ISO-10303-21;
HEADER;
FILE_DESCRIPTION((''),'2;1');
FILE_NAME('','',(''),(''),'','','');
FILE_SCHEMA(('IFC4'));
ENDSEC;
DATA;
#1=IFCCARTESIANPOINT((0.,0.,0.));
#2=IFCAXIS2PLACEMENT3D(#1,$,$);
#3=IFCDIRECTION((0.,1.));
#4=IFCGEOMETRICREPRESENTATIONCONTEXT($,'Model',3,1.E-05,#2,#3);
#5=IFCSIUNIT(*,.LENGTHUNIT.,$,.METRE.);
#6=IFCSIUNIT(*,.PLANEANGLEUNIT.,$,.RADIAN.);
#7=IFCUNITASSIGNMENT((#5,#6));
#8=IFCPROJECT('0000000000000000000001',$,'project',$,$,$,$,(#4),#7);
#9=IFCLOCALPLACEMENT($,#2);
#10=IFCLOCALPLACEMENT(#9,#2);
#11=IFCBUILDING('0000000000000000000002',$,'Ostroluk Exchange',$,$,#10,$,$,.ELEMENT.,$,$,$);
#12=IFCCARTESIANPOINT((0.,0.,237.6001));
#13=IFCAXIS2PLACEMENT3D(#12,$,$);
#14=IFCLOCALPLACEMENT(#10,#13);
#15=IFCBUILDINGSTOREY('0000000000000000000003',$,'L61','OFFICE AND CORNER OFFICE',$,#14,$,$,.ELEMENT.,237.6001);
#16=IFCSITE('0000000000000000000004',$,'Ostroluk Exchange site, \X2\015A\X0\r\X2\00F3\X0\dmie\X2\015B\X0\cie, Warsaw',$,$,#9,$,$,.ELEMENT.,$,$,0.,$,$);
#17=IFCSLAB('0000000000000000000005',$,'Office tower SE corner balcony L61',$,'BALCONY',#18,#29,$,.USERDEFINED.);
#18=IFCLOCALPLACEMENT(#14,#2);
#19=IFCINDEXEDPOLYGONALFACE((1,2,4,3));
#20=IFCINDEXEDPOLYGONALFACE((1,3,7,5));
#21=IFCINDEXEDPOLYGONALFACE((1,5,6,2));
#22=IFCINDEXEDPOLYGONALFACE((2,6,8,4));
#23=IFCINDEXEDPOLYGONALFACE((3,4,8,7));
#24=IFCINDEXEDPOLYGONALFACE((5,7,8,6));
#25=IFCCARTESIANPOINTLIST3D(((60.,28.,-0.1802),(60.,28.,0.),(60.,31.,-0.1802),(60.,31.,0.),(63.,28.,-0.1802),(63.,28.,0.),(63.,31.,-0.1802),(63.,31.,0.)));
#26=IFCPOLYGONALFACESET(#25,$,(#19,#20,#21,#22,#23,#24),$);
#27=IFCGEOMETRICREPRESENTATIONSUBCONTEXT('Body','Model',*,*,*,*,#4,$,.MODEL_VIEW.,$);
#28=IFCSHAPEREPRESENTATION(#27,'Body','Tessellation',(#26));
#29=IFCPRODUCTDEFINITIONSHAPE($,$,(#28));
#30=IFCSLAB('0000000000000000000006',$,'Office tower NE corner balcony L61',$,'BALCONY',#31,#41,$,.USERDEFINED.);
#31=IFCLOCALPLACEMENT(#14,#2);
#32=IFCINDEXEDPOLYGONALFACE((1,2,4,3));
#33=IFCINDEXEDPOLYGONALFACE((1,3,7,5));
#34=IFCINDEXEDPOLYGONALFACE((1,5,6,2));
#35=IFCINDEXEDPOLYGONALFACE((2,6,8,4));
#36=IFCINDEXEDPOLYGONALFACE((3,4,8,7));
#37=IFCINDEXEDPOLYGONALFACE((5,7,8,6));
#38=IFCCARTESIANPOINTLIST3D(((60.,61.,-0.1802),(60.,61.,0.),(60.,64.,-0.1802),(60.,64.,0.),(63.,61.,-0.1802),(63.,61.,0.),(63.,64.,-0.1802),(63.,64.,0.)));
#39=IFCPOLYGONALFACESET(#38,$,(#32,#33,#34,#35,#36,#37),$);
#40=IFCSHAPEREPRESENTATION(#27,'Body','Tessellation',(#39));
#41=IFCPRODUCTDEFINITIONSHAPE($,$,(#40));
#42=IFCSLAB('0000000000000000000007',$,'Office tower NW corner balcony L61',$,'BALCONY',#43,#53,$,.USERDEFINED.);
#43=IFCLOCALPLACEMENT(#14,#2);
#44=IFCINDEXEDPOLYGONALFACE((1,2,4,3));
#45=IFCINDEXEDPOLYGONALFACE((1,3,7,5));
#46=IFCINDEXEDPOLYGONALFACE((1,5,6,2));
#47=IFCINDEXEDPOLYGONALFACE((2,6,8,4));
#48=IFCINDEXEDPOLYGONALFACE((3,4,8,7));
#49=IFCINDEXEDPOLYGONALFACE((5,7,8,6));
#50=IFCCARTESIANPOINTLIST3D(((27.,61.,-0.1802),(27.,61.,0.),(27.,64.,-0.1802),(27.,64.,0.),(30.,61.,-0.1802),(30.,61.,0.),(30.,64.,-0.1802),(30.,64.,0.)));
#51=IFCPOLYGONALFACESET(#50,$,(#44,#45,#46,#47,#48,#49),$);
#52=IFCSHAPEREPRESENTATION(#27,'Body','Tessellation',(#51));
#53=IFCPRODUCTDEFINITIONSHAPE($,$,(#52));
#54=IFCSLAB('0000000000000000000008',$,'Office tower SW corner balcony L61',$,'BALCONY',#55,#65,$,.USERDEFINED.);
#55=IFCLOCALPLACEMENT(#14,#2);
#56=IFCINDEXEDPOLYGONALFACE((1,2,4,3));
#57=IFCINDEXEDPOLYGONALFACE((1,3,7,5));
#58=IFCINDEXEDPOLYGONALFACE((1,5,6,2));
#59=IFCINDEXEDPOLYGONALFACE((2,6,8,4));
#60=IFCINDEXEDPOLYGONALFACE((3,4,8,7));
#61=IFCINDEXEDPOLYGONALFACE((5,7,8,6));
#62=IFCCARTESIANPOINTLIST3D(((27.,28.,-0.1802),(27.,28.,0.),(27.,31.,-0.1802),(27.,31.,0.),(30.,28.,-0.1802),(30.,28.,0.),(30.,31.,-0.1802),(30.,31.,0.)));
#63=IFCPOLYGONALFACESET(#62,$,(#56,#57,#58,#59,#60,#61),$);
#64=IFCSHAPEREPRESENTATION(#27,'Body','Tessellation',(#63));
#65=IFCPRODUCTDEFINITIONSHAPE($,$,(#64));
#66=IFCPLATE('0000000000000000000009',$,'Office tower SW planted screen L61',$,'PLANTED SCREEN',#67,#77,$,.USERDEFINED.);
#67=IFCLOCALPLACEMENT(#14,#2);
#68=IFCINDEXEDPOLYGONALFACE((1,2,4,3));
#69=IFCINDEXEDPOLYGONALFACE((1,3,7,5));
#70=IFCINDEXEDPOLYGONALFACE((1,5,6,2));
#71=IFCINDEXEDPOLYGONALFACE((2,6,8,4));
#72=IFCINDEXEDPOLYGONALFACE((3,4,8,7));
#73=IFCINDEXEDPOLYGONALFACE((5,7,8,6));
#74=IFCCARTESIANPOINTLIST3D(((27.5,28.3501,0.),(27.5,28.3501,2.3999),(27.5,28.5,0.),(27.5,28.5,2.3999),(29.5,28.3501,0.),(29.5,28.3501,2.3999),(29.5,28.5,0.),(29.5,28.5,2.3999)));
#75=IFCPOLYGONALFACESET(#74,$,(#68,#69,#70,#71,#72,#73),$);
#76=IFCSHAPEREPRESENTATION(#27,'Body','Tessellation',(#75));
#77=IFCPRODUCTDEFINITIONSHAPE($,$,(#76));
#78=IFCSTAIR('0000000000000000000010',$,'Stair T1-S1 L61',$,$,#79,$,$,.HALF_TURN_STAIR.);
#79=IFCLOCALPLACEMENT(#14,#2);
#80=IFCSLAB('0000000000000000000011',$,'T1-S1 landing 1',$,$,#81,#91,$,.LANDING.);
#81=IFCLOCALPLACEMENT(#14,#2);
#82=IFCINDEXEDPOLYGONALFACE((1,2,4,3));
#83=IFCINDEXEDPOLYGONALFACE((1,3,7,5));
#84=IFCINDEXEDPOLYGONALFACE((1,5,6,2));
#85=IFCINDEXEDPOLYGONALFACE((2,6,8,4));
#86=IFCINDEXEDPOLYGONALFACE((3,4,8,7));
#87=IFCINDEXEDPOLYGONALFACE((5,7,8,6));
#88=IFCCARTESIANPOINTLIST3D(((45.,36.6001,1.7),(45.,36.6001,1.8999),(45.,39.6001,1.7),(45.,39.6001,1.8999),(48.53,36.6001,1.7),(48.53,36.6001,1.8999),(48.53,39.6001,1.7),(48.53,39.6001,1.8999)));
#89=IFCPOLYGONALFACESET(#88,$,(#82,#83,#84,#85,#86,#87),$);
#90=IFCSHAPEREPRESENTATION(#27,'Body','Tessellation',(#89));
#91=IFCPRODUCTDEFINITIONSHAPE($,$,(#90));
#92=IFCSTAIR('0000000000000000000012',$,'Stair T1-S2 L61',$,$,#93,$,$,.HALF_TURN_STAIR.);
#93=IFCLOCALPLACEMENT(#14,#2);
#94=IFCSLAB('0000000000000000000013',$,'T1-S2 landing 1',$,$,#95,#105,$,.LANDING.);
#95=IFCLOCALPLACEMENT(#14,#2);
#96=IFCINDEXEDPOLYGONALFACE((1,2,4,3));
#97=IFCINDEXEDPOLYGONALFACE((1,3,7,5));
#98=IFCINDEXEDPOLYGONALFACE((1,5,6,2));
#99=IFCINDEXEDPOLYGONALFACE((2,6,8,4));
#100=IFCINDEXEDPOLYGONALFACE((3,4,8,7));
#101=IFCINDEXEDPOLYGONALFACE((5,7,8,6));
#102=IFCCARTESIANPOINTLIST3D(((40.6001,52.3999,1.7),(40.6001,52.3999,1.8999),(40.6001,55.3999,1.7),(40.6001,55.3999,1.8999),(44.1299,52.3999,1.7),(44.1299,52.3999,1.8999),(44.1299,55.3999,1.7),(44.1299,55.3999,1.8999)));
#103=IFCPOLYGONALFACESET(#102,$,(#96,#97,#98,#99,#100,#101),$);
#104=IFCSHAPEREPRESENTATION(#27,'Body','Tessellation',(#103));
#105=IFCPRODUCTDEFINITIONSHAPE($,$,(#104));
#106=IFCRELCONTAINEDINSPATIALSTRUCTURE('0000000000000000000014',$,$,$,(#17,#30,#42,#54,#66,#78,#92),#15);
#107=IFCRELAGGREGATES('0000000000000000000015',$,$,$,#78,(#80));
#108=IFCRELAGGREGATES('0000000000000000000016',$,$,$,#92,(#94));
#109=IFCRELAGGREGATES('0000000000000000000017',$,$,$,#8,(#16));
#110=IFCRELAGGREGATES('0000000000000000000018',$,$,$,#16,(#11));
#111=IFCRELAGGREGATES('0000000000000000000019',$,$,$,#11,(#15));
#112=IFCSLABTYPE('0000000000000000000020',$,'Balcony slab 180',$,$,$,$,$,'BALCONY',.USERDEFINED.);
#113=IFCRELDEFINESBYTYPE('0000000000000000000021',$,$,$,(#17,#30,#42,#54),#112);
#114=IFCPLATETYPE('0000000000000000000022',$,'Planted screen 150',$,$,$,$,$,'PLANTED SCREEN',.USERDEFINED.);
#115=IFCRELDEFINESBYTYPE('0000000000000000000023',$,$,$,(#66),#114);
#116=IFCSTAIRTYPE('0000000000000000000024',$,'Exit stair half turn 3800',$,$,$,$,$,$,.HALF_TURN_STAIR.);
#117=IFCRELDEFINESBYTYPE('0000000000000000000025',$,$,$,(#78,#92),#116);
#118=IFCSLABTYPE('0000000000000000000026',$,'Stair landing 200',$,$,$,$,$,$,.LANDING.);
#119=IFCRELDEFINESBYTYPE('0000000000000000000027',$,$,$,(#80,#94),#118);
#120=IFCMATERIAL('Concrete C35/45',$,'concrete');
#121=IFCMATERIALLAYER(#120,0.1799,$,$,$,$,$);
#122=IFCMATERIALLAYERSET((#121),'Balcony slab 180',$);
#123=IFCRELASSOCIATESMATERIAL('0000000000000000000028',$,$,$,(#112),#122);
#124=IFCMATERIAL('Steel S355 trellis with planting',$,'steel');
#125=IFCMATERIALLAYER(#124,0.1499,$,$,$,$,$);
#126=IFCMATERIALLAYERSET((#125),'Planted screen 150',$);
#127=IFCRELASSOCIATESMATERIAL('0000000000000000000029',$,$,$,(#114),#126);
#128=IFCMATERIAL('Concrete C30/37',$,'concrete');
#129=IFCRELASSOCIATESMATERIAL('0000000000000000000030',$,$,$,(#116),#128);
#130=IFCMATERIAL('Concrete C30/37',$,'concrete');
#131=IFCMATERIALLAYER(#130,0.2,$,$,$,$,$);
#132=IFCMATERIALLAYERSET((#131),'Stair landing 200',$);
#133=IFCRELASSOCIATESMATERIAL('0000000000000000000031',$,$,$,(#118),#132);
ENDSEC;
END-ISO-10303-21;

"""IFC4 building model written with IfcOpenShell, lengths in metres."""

from ifc_helpers import new_model, si_unit, direction, frame, origin, origin_2d, place, context, subcontext, project, spatial, polyline, rectangle, outline, extrude, material, layer, layer_set, type_object, element, aggregate, save


model = new_model("IFC4")

# Units and contexts
model_context = context("Model", 3, precision=1e-05, world=origin(), true_north=direction((0.0, 1.0)))
body_context = subcontext(model_context, "Body", "Model", "MODEL_VIEW")
ifc_project = project(units=[si_unit("LENGTHUNIT", "METRE"), si_unit("PLANEANGLEUNIT", "RADIAN")], contexts=[model_context])

# Site, building, storey
site_placement = place(None, origin())
site = spatial("IfcSite", under=ifc_project, at=site_placement, Name="Ostroluk Exchange site, Śródmieście, Warsaw", CompositionType="ELEMENT", RefElevation=0.0)
building_placement = place(site_placement, origin())
building = spatial("IfcBuilding", under=site, at=building_placement, Name="Ostroluk Exchange", CompositionType="ELEMENT")
storey_placement = place(building_placement, frame((0.0, 0.0, 237.6001)))
storey = spatial("IfcBuildingStorey", under=building, at=storey_placement, Name="L61", Description="OFFICE AND CORNER OFFICE", CompositionType="ELEMENT", Elevation=237.6001)

# Slabs
ifc_material_1 = material(Name="Concrete C35/45", Category="concrete")
ifc_layer_1 = layer(ifc_material_1, 0.1799)
ifc_layer_set_1 = layer_set([ifc_layer_1], Name="Balcony slab 180")
slab_type_1 = type_object("IfcSlabType", Name="Balcony slab 180", ElementType="BALCONY", PredefinedType="USERDEFINED", material=ifc_layer_set_1)
slab_1_placement = place(storey_placement, frame((0.0, 0.0, -0.1802)))
element("IfcSlab", 1, at=slab_1_placement, inside=storey, type_object=slab_type_1, Name="Office tower SE corner balcony L61", ObjectType="BALCONY", PredefinedType="USERDEFINED", context=body_context, shape_type="SweptSolid", body=[
    extrude(outline(polyline([(60.0, 28.0), (63.0, 28.0), (63.0, 31.0), (60.0, 31.0), (60.0, 28.0)])), origin(), (0.0, 0.0, 1.0), 0.1802),
])
slab_2_placement = place(storey_placement, frame((0.0, 0.0, -0.1802)))
element("IfcSlab", 2, at=slab_2_placement, inside=storey, type_object=slab_type_1, Name="Office tower NE corner balcony L61", ObjectType="BALCONY", PredefinedType="USERDEFINED", context=body_context, shape_type="SweptSolid", body=[
    extrude(outline(polyline([(60.0, 61.0), (63.0, 61.0), (63.0, 64.0), (60.0, 64.0), (60.0, 61.0)])), origin(), (0.0, 0.0, 1.0), 0.1802),
])
slab_3_placement = place(storey_placement, frame((0.0, 0.0, -0.1802)))
element("IfcSlab", 3, at=slab_3_placement, inside=storey, type_object=slab_type_1, Name="Office tower NW corner balcony L61", ObjectType="BALCONY", PredefinedType="USERDEFINED", context=body_context, shape_type="SweptSolid", body=[
    extrude(outline(polyline([(27.0, 61.0), (30.0, 61.0), (30.0, 64.0), (27.0, 64.0), (27.0, 61.0)])), origin(), (0.0, 0.0, 1.0), 0.1802),
])
slab_4_placement = place(storey_placement, frame((0.0, 0.0, -0.1802)))
element("IfcSlab", 4, at=slab_4_placement, inside=storey, type_object=slab_type_1, Name="Office tower SW corner balcony L61", ObjectType="BALCONY", PredefinedType="USERDEFINED", context=body_context, shape_type="SweptSolid", body=[
    extrude(outline(polyline([(27.0, 28.0), (30.0, 28.0), (30.0, 31.0), (27.0, 31.0), (27.0, 28.0)])), origin(), (0.0, 0.0, 1.0), 0.1802),
])

# Plate
ifc_material_2 = material(Name="Steel S355 trellis with planting", Category="steel")
ifc_layer_2 = layer(ifc_material_2, 0.1499)
ifc_layer_set_2 = layer_set([ifc_layer_2], Name="Planted screen 150")
plate_type_1 = type_object("IfcPlateType", Name="Planted screen 150", ElementType="PLANTED SCREEN", PredefinedType="USERDEFINED", material=ifc_layer_set_2)
plate_1_placement = place(storey_placement, frame((28.5, 28.425, 0.0), z_axis=(0.0, 0.0, 1.0), x_axis=(1.0, 0.0, 0.0)))
element("IfcPlate", 5, at=plate_1_placement, inside=storey, type_object=plate_type_1, Name="Office tower SW planted screen L61", ObjectType="PLANTED SCREEN", PredefinedType="USERDEFINED", context=body_context, shape_type="SweptSolid", body=[
    extrude(rectangle(XDim=2.0, YDim=0.1499, at=origin_2d()), origin(), (0.0, 0.0, 1.0), 2.3999),
])

# Stairs, slabs
ifc_material_3 = material(Name="Concrete C30/37", Category="concrete")
stair_type = type_object("IfcStairType", Name="Exit stair half turn 3800", PredefinedType="HALF_TURN_STAIR", material=ifc_material_3)
stair_1_placement = place(storey_placement, origin())
stair_1 = element("IfcStair", 6, at=stair_1_placement, inside=storey, type_object=stair_type, Name="Stair T1-S1 L61", PredefinedType="HALF_TURN_STAIR")
ifc_material_4 = material(Name="Concrete C30/37", Category="concrete")
ifc_layer_3 = layer(ifc_material_4, 0.2)
ifc_layer_set_3 = layer_set([ifc_layer_3], Name="Stair landing 200")
slab_type_2 = type_object("IfcSlabType", Name="Stair landing 200", PredefinedType="LANDING", material=ifc_layer_set_3)
slab_5_placement = place(storey_placement, frame((0.0, 0.0, 1.7)))
slab_5 = element("IfcSlab", 7, at=slab_5_placement, type_object=slab_type_2, Name="T1-S1 landing 1", PredefinedType="LANDING", context=body_context, shape_type="SweptSolid", body=[
    extrude(outline(polyline([(45.0, 36.6001), (45.0, 39.6001), (48.53, 39.6001), (48.53, 36.6001), (45.0, 36.6001)])), origin(), (0.0, 0.0, 1.0), 0.2),
])
aggregate(stair_1, [slab_5])
stair_2_placement = place(storey_placement, origin())
stair_2 = element("IfcStair", 8, at=stair_2_placement, inside=storey, type_object=stair_type, Name="Stair T1-S2 L61", PredefinedType="HALF_TURN_STAIR")
slab_6_placement = place(storey_placement, frame((0.0, 0.0, 1.7)))
slab_6 = element("IfcSlab", 9, at=slab_6_placement, type_object=slab_type_2, Name="T1-S2 landing 1", PredefinedType="LANDING", context=body_context, shape_type="SweptSolid", body=[
    extrude(outline(polyline([(44.1299, 52.3999), (44.1299, 55.3999), (40.6001, 55.3999), (40.6001, 52.3999), (44.1299, 52.3999)])), origin(), (0.0, 0.0, 1.0), 0.2),
])
aggregate(stair_2, [slab_6])

save(model, "model.ifc")
